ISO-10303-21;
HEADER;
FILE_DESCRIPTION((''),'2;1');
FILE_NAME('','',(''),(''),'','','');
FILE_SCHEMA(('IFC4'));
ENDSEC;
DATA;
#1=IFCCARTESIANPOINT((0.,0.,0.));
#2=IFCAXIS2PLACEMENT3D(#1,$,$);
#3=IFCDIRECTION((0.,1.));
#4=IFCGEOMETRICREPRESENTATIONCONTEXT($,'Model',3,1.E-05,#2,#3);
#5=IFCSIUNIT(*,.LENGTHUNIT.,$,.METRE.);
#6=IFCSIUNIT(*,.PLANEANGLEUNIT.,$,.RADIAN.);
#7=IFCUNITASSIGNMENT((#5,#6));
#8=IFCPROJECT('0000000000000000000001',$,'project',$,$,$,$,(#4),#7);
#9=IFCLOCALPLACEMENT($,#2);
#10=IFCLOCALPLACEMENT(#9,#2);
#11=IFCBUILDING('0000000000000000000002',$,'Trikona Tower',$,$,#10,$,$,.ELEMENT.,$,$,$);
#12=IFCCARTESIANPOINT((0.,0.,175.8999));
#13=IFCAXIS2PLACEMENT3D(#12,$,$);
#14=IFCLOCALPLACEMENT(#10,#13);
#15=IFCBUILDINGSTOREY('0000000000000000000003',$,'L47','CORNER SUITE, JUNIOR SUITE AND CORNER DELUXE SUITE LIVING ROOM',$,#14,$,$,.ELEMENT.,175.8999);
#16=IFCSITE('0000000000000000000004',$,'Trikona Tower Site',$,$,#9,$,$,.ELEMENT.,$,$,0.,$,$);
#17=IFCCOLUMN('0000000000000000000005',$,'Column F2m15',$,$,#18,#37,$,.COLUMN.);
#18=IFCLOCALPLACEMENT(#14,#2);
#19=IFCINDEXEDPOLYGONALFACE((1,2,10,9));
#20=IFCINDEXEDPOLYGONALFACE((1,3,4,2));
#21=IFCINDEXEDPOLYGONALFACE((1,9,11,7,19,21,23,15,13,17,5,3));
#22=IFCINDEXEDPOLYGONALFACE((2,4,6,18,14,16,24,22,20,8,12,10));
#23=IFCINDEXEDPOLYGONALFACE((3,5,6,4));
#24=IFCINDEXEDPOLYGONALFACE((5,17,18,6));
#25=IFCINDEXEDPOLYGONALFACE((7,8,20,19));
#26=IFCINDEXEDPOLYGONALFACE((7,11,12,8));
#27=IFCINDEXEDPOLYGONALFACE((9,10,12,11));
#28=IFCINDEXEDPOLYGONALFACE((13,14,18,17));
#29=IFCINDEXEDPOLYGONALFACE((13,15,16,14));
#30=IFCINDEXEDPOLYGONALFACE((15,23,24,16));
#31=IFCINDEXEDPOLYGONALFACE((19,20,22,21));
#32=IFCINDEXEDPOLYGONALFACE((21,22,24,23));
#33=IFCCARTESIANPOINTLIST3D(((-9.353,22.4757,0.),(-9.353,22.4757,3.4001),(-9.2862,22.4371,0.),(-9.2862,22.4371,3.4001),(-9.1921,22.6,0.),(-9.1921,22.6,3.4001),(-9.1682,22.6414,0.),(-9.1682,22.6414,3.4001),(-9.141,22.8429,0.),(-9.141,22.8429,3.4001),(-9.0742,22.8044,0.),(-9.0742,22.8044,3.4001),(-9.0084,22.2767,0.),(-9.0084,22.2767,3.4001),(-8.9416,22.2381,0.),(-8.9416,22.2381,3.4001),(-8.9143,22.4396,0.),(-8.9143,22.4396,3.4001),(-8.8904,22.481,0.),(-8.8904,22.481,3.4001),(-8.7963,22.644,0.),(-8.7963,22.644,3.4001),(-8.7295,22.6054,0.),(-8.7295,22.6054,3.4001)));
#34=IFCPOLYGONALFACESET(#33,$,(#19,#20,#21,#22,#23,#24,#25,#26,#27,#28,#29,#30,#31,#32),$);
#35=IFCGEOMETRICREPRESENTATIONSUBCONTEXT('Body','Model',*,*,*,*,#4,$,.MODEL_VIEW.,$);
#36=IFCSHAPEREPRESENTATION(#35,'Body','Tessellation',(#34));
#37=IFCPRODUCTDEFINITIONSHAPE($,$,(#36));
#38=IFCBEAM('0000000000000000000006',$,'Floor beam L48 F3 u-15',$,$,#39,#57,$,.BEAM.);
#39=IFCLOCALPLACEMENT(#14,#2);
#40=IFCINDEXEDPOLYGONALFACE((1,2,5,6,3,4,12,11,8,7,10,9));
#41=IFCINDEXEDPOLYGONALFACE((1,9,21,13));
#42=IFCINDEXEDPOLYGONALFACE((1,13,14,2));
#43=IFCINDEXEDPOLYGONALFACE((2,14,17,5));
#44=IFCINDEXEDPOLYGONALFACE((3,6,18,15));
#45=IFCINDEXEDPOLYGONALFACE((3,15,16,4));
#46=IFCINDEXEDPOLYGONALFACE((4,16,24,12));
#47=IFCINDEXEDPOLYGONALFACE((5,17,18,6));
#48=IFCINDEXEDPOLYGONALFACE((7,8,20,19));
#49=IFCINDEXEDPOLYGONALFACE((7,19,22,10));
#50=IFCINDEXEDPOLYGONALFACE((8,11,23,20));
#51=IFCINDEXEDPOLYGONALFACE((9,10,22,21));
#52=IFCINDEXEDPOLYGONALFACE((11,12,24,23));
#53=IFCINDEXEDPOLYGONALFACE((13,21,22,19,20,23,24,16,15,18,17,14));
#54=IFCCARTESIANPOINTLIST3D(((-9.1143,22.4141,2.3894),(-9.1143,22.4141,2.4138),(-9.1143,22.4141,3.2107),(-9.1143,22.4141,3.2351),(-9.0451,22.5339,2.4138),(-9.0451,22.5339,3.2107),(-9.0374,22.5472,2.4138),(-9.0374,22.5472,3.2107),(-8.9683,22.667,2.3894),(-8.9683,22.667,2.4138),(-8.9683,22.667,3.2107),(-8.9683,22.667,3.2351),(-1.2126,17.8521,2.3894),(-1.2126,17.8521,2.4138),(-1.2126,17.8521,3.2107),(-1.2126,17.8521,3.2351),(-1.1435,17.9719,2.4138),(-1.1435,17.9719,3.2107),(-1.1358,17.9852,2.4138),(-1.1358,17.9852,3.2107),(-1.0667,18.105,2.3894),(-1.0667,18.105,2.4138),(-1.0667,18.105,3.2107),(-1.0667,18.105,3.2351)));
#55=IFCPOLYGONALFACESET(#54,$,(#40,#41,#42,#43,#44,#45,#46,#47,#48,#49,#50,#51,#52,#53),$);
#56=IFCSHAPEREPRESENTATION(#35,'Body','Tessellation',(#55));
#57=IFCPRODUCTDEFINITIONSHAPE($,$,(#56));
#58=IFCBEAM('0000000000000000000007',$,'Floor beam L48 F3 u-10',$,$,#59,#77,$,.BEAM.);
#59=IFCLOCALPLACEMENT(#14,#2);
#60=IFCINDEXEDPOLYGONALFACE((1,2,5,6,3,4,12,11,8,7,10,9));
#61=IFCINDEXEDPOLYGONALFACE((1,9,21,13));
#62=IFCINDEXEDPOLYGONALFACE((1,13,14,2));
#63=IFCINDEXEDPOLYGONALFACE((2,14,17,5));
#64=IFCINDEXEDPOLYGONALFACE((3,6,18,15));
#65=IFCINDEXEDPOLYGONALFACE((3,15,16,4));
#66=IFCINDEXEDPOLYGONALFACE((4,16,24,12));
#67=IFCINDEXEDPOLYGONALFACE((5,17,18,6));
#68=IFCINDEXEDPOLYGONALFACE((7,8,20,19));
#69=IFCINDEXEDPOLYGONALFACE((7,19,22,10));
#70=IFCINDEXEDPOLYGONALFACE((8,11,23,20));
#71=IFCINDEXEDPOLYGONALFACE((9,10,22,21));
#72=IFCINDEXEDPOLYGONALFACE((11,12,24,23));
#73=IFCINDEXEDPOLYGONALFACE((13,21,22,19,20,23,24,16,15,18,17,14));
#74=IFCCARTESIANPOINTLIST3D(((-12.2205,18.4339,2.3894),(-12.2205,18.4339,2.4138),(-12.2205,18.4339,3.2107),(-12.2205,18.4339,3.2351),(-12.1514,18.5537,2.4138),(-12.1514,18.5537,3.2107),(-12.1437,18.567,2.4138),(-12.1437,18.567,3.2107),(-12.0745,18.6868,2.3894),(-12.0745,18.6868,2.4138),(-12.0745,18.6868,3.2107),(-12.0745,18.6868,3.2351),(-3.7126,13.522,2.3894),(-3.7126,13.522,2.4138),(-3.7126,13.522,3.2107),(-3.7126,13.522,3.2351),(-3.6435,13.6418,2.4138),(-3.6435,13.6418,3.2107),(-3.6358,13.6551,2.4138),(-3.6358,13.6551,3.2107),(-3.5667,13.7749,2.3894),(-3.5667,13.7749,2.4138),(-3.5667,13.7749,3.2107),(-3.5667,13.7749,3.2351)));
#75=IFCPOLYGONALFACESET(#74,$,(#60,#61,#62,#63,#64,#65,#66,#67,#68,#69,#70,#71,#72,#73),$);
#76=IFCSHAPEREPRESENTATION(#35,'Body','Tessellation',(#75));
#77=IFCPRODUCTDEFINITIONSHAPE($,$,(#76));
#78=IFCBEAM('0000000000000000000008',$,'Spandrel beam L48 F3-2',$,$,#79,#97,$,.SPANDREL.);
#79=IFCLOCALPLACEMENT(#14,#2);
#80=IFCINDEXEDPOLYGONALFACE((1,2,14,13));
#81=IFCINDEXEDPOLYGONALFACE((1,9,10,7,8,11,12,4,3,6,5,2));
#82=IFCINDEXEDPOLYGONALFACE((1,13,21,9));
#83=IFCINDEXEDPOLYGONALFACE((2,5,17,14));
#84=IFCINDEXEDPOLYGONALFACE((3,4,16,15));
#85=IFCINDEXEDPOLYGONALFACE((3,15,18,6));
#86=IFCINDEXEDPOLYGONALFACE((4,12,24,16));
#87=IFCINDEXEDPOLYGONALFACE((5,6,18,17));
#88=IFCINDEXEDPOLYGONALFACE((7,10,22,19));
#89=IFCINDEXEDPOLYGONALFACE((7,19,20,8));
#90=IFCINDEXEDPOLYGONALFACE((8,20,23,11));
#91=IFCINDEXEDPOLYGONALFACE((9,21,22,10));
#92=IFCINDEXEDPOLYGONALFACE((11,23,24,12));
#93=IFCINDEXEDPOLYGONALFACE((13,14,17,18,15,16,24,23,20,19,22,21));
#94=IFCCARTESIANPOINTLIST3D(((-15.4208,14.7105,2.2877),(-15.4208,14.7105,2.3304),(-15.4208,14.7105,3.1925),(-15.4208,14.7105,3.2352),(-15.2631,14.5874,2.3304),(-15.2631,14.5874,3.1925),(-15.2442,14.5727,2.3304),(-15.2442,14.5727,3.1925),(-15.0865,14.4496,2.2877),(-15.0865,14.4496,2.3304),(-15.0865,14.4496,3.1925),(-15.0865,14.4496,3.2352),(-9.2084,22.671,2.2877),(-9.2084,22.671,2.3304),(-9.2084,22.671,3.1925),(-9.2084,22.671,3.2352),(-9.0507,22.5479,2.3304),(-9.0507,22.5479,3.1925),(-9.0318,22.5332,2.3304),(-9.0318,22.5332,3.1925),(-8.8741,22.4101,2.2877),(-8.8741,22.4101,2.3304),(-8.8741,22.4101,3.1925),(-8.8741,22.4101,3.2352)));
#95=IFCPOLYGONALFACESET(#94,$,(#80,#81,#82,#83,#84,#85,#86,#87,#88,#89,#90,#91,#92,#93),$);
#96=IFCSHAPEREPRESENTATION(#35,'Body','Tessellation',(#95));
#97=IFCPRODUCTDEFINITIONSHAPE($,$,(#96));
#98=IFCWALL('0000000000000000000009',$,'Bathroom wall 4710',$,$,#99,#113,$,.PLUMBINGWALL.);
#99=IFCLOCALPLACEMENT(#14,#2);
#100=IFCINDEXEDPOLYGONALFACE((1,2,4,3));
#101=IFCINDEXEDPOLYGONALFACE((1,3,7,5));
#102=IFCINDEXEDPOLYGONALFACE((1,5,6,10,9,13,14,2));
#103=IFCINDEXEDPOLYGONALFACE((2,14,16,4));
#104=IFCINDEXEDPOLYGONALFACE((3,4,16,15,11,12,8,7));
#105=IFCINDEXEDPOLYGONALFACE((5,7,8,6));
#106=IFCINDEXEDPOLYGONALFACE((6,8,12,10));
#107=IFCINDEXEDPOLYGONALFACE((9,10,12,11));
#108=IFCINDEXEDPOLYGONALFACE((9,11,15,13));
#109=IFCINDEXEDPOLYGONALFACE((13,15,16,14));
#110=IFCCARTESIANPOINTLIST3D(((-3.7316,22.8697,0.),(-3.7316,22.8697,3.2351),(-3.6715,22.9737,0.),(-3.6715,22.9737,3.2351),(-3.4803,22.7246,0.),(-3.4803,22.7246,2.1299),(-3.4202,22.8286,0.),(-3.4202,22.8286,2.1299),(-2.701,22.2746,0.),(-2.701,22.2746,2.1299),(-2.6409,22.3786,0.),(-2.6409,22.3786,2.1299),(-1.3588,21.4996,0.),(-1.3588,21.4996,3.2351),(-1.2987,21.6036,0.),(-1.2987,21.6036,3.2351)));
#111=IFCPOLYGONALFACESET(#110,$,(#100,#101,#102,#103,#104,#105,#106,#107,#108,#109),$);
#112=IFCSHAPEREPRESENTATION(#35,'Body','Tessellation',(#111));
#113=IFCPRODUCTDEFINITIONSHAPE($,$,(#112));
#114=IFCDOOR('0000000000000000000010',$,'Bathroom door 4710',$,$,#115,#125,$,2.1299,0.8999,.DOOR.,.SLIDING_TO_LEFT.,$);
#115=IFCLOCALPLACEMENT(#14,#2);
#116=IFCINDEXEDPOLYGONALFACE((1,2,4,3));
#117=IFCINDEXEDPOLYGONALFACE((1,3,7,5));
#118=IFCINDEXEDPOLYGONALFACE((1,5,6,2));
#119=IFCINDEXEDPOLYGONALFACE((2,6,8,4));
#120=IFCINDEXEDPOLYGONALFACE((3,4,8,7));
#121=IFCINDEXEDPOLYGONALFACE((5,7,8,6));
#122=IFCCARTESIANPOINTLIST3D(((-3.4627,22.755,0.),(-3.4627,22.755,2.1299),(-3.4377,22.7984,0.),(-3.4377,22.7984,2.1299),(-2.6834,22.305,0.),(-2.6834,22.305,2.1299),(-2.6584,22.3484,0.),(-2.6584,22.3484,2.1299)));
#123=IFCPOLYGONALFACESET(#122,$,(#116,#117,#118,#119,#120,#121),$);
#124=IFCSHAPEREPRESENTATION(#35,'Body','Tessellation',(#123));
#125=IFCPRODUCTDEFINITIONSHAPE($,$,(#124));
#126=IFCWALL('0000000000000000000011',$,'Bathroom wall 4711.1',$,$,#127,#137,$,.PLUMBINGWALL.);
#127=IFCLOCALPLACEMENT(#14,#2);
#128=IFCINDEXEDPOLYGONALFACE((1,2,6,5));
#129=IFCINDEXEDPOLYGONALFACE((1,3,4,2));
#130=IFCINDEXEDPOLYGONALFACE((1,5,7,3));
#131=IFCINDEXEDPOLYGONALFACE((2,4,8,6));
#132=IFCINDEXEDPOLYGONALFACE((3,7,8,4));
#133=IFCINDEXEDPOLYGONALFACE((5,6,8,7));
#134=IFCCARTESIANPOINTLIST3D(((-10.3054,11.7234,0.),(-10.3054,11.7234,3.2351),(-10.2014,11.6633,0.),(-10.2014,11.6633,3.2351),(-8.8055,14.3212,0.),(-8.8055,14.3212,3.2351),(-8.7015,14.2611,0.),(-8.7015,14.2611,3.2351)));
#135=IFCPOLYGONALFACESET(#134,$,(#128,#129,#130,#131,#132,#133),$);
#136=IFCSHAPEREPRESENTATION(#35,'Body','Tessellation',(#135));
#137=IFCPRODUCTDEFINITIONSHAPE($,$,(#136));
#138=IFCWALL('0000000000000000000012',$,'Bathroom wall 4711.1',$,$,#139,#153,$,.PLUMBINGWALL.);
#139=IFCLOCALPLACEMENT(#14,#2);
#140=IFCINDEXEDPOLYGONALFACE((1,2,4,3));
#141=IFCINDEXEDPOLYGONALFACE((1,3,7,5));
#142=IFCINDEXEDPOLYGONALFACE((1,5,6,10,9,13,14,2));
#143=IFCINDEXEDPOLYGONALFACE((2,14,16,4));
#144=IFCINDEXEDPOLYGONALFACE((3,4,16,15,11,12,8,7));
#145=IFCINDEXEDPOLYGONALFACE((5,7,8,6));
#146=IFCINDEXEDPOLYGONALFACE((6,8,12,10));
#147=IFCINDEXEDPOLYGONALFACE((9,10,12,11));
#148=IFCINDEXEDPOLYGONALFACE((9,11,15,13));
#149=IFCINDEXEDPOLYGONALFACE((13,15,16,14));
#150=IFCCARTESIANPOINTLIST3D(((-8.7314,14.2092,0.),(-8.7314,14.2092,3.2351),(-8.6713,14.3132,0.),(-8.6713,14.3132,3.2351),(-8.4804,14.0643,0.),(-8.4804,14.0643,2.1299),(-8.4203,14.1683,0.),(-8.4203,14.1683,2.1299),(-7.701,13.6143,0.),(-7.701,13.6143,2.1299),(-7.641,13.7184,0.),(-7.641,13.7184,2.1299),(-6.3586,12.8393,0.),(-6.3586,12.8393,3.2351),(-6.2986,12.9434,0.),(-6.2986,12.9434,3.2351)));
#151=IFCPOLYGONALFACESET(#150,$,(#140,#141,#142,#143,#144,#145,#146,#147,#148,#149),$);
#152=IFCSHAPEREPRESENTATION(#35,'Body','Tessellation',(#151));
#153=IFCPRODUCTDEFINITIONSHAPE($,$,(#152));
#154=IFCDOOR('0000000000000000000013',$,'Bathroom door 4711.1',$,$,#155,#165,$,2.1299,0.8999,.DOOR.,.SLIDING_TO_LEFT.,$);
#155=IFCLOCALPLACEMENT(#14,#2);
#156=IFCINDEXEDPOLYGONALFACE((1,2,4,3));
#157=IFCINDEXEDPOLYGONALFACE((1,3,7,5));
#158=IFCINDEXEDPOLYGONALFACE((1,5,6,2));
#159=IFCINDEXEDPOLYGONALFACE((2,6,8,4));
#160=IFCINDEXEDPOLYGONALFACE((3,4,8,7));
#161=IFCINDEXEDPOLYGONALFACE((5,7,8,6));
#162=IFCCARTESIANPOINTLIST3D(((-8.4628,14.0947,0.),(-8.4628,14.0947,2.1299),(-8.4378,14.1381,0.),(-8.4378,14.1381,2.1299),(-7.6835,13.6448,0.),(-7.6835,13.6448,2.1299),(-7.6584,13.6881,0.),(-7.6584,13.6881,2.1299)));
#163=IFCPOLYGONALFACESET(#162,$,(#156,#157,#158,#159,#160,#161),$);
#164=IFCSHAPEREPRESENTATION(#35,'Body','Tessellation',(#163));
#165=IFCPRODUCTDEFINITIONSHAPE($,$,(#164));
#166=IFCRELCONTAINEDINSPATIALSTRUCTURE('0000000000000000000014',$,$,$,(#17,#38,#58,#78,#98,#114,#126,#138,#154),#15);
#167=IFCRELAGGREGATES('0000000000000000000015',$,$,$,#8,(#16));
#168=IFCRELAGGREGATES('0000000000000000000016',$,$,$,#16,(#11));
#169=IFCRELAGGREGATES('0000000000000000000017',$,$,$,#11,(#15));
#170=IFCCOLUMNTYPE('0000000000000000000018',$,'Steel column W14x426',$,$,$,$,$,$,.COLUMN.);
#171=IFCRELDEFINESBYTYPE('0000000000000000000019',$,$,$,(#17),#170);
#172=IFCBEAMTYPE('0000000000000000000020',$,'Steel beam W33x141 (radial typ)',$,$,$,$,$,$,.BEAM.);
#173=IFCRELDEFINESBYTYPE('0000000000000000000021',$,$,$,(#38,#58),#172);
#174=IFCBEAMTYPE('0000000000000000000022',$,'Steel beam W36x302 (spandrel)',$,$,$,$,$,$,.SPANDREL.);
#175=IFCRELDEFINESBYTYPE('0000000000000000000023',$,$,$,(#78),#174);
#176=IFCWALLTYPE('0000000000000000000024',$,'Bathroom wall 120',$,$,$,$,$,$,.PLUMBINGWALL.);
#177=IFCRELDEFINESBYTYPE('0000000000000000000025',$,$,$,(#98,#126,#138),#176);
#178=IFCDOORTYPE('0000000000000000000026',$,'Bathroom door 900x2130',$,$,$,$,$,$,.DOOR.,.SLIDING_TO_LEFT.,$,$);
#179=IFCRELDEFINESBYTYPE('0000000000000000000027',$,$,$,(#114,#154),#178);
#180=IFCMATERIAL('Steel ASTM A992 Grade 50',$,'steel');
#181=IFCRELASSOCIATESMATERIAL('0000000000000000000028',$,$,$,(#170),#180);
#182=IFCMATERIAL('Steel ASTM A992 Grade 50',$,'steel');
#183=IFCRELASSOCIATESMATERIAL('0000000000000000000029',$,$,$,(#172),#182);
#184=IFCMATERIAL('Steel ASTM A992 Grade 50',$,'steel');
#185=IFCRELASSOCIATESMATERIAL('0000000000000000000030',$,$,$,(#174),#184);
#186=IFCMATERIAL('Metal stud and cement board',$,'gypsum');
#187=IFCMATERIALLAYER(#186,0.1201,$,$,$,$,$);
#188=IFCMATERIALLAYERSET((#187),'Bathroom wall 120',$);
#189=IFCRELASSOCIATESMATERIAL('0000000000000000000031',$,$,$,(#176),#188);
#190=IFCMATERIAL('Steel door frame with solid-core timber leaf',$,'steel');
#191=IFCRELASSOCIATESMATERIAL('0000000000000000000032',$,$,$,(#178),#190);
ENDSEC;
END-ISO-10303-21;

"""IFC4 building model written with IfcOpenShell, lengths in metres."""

from ifc_helpers import new_model, si_unit, direction, frame, frame_2d, origin, origin_2d, place, context, subcontext, project, spatial, rectangle, i_section, extrude, material, layer, layer_set, material_profile, profile_set, type_object, element, fill, save


model = new_model("IFC4")

# Units and contexts
model_context = context("Model", 3, precision=1e-05, world=origin(), true_north=direction((0.0, 1.0)))
body_context = subcontext(model_context, "Body", "Model", "MODEL_VIEW")
ifc_project = project(units=[si_unit("LENGTHUNIT", "METRE"), si_unit("PLANEANGLEUNIT", "RADIAN")], contexts=[model_context])

# Site, building, storey
site_placement = place(None, origin())
site = spatial("IfcSite", under=ifc_project, at=site_placement, Name="Trikona Tower Site", CompositionType="ELEMENT", RefElevation=0.0)
building_placement = place(site_placement, origin())
building = spatial("IfcBuilding", under=site, at=building_placement, Name="Trikona Tower", CompositionType="ELEMENT")
storey_placement = place(building_placement, frame((0.0, 0.0, 175.8999)))
storey = spatial("IfcBuildingStorey", under=building, at=storey_placement, Name="L47", Description="CORNER SUITE, JUNIOR SUITE AND CORNER DELUXE SUITE LIVING ROOM", CompositionType="ELEMENT", Elevation=175.8999)

# Column
ifc_material_1 = material(Name="Steel ASTM A992 Grade 50", Category="steel")
ifc_material_profile_1 = material_profile(ifc_material_1, i_section(OverallWidth=0.4241, OverallDepth=0.4751, WebThickness=0.0479, FlangeThickness=0.0771, at=origin_2d()), Name="W14X426")
ifc_profile_set_1 = profile_set([ifc_material_profile_1], Name="Steel ASTM A992 Grade 50")
column_type = type_object("IfcColumnType", Name="Steel column W14x426", PredefinedType="COLUMN", material=ifc_profile_set_1)
column_placement = place(storey_placement, frame((-9.0413, 22.5405, 0.0), z_axis=(0.0, 0.0, 1.0), x_axis=(-0.5, -0.866025, 0.0)))
element("IfcColumn", 1, at=column_placement, inside=storey, type_object=column_type, Name="Column F2m15", PredefinedType="COLUMN", context=body_context, shape_type="SweptSolid", body=[
    extrude(i_section(OverallWidth=0.4241, OverallDepth=0.4751, WebThickness=0.0479, FlangeThickness=0.0771, at=origin_2d()), origin(), (0.0, 0.0, 1.0), 3.4001),
])

# Beams
ifc_material_2 = material(Name="Steel ASTM A992 Grade 50", Category="steel")
ifc_material_profile_2 = material_profile(ifc_material_2, i_section(OverallWidth=0.292, OverallDepth=0.8457, WebThickness=0.0154, FlangeThickness=0.0244, at=origin_2d()), Name="W33X141")
ifc_profile_set_2 = profile_set([ifc_material_profile_2], Name="Steel ASTM A992 Grade 50")
beam_type_1 = type_object("IfcBeamType", Name="Steel beam W33x141 (radial typ)", PredefinedType="BEAM", material=ifc_profile_set_2)
beam_1_placement = place(storey_placement, frame((-1.1396, 17.9785, 2.8123), z_axis=(-0.866025, 0.500001, 0.0), x_axis=(-0.500001, -0.866025, 0.0)))
element("IfcBeam", 2, at=beam_1_placement, inside=storey, type_object=beam_type_1, Name="Floor beam L48 F3 u-15", PredefinedType="BEAM", context=body_context, shape_type="SweptSolid", body=[
    extrude(i_section(OverallWidth=0.292, OverallDepth=0.8457, WebThickness=0.0154, FlangeThickness=0.0244, at=origin_2d()), origin(), (0.0, 0.0, 1.0), 9.124),
])
beam_2_placement = place(storey_placement, frame((-3.6396, 13.6484, 2.8123), z_axis=(-0.866031, 0.499991, 0.0), x_axis=(-0.499991, -0.866031, 0.0)))
element("IfcBeam", 3, at=beam_2_placement, inside=storey, type_object=beam_type_1, Name="Floor beam L48 F3 u-10", PredefinedType="BEAM", context=body_context, shape_type="SweptSolid", body=[
    extrude(i_section(OverallWidth=0.292, OverallDepth=0.8457, WebThickness=0.0154, FlangeThickness=0.0244, at=origin_2d()), origin(), (0.0, 0.0, 1.0), 9.824),
])
ifc_material_3 = material(Name="Steel ASTM A992 Grade 50", Category="steel")
ifc_material_profile_3 = material_profile(ifc_material_3, i_section(OverallWidth=0.4241, OverallDepth=0.9475, WebThickness=0.0239, FlangeThickness=0.0427, at=origin_2d()), Name="W36X302")
ifc_profile_set_3 = profile_set([ifc_material_profile_3], Name="Steel ASTM A992 Grade 50")
beam_type_2 = type_object("IfcBeamType", Name="Steel beam W36x302 (spandrel)", PredefinedType="SPANDREL", material=ifc_profile_set_3)
beam_3_placement = place(storey_placement, frame((-9.0413, 22.5405, 2.7615), z_axis=(-0.615232, -0.788346, 0.0), x_axis=(0.788346, -0.615232, 0.0)))
element("IfcBeam", 4, at=beam_3_placement, inside=storey, type_object=beam_type_2, Name="Spandrel beam L48 F3-2", PredefinedType="SPANDREL", context=body_context, shape_type="SweptSolid", body=[
    extrude(i_section(OverallWidth=0.4241, OverallDepth=0.9475, WebThickness=0.0239, FlangeThickness=0.0427, at=origin_2d()), origin(), (0.0, 0.0, 1.0), 10.0977),
])

# Wall, opening, door
ifc_material_4 = material(Name="Metal stud and cement board", Category="gypsum")
ifc_layer_1 = layer(ifc_material_4, 0.1201)
ifc_layer_set_1 = layer_set([ifc_layer_1], Name="Bathroom wall 120")
wall_type_1 = type_object("IfcWallType", Name="Bathroom wall 120", PredefinedType="PLUMBINGWALL", material=ifc_layer_set_1)
wall_1_placement = place(storey_placement, frame((-1.3286, 21.5515, 0.0), z_axis=(0.0, 0.0, 1.0), x_axis=(-0.865997, 0.500049, 0.0)))
wall_1 = element("IfcWall", 5, at=wall_1_placement, inside=storey, type_object=wall_type_1, Name="Bathroom wall 4710", PredefinedType="PLUMBINGWALL", context=body_context, shape_type="SweptSolid", body=[
    extrude(rectangle(XDim=2.74, YDim=0.1201, at=frame_2d((1.3701, 0.0))), origin(), (0.0, 0.0, 1.0), 3.2351),
])
opening_1_placement = place(wall_1_placement, frame((1.55, 0.0, 0.0)))
opening_1 = element("IfcOpeningElement", 6, at=opening_1_placement, cuts=wall_1, PredefinedType="OPENING", context=body_context, shape_type="SweptSolid", body=[
    extrude(rectangle(XDim=0.8999, YDim=2.1299, at=frame_2d((0.45, 1.0649))), frame((0.0, 0.0701, 0.0), z_axis=(0.0, -1.0, 0.0), x_axis=(1.0, 0.0, 0.0)), (0.0, 0.0, 1.0), 0.1401),
])
ifc_material_5 = material(Name="Steel door frame with solid-core timber leaf", Category="steel")
door_type_1 = type_object("IfcDoorType", Name="Bathroom door 900x2130", OperationType="SLIDING_TO_LEFT", PredefinedType="DOOR", material=ifc_material_5)
door_1_placement = place(opening_1_placement, origin())
door_1 = element("IfcDoor", 7, at=door_1_placement, inside=storey, type_object=door_type_1, Name="Bathroom door 4710", OperationType="SLIDING_TO_LEFT", OverallHeight=2.1299, OverallWidth=0.8999, PredefinedType="DOOR", context=body_context, shape_type="SweptSolid", body=[
    extrude(rectangle(XDim=0.8999, YDim=2.1299, at=frame_2d((0.45, 1.0649))), frame((0.0, 0.0249, 0.0), z_axis=(0.0, -1.0, 0.0), x_axis=(1.0, 0.0, 0.0)), (0.0, 0.0, 1.0), 0.05),
])
fill(opening_1, door_1)

# Wall
wall_2_placement = place(storey_placement, frame((-8.7534, 14.2913, 0.0), z_axis=(0.0, 0.0, 1.0), x_axis=(-0.500025, -0.866011, 0.0)))
element("IfcWall", 8, at=wall_2_placement, inside=storey, type_object=wall_type_1, Name="Bathroom wall 4711.1", PredefinedType="PLUMBINGWALL", context=body_context, shape_type="SweptSolid", body=[
    extrude(rectangle(XDim=2.9998, YDim=0.1201, at=frame_2d((1.5, 0.0))), origin(), (0.0, 0.0, 1.0), 3.2351),
])

# Wall, opening, door
wall_3_placement = place(storey_placement, frame((-6.3286, 12.8914, 0.0), z_axis=(0.0, 0.0, 1.0), x_axis=(-0.866036, 0.499982, 0.0)))
wall_3 = element("IfcWall", 9, at=wall_3_placement, inside=storey, type_object=wall_type_1, Name="Bathroom wall 4711.1", PredefinedType="PLUMBINGWALL", context=body_context, shape_type="SweptSolid", body=[
    extrude(rectangle(XDim=2.7397, YDim=0.1201, at=frame_2d((1.3699, 0.0))), origin(), (0.0, 0.0, 1.0), 3.2351),
])
opening_2_placement = place(wall_3_placement, frame((1.55, 0.0, 0.0)))
opening_2 = element("IfcOpeningElement", 10, at=opening_2_placement, cuts=wall_3, PredefinedType="OPENING", context=body_context, shape_type="SweptSolid", body=[
    extrude(rectangle(XDim=0.8999, YDim=2.1299, at=frame_2d((0.45, 1.0649))), frame((0.0, 0.0701, 0.0), z_axis=(0.0, -1.0, 0.0), x_axis=(1.0, 0.0, 0.0)), (0.0, 0.0, 1.0), 0.1401),
])
door_2_placement = place(opening_2_placement, origin())
door_2 = element("IfcDoor", 11, at=door_2_placement, inside=storey, type_object=door_type_1, Name="Bathroom door 4711.1", OperationType="SLIDING_TO_LEFT", OverallHeight=2.1299, OverallWidth=0.8999, PredefinedType="DOOR", context=body_context, shape_type="SweptSolid", body=[
    extrude(rectangle(XDim=0.8999, YDim=2.1299, at=frame_2d((0.45, 1.0649))), frame((0.0, 0.0249, 0.0), z_axis=(0.0, -1.0, 0.0), x_axis=(1.0, 0.0, 0.0)), (0.0, 0.0, 1.0), 0.05),
])
fill(opening_2, door_2)

save(model, "model.ifc")
